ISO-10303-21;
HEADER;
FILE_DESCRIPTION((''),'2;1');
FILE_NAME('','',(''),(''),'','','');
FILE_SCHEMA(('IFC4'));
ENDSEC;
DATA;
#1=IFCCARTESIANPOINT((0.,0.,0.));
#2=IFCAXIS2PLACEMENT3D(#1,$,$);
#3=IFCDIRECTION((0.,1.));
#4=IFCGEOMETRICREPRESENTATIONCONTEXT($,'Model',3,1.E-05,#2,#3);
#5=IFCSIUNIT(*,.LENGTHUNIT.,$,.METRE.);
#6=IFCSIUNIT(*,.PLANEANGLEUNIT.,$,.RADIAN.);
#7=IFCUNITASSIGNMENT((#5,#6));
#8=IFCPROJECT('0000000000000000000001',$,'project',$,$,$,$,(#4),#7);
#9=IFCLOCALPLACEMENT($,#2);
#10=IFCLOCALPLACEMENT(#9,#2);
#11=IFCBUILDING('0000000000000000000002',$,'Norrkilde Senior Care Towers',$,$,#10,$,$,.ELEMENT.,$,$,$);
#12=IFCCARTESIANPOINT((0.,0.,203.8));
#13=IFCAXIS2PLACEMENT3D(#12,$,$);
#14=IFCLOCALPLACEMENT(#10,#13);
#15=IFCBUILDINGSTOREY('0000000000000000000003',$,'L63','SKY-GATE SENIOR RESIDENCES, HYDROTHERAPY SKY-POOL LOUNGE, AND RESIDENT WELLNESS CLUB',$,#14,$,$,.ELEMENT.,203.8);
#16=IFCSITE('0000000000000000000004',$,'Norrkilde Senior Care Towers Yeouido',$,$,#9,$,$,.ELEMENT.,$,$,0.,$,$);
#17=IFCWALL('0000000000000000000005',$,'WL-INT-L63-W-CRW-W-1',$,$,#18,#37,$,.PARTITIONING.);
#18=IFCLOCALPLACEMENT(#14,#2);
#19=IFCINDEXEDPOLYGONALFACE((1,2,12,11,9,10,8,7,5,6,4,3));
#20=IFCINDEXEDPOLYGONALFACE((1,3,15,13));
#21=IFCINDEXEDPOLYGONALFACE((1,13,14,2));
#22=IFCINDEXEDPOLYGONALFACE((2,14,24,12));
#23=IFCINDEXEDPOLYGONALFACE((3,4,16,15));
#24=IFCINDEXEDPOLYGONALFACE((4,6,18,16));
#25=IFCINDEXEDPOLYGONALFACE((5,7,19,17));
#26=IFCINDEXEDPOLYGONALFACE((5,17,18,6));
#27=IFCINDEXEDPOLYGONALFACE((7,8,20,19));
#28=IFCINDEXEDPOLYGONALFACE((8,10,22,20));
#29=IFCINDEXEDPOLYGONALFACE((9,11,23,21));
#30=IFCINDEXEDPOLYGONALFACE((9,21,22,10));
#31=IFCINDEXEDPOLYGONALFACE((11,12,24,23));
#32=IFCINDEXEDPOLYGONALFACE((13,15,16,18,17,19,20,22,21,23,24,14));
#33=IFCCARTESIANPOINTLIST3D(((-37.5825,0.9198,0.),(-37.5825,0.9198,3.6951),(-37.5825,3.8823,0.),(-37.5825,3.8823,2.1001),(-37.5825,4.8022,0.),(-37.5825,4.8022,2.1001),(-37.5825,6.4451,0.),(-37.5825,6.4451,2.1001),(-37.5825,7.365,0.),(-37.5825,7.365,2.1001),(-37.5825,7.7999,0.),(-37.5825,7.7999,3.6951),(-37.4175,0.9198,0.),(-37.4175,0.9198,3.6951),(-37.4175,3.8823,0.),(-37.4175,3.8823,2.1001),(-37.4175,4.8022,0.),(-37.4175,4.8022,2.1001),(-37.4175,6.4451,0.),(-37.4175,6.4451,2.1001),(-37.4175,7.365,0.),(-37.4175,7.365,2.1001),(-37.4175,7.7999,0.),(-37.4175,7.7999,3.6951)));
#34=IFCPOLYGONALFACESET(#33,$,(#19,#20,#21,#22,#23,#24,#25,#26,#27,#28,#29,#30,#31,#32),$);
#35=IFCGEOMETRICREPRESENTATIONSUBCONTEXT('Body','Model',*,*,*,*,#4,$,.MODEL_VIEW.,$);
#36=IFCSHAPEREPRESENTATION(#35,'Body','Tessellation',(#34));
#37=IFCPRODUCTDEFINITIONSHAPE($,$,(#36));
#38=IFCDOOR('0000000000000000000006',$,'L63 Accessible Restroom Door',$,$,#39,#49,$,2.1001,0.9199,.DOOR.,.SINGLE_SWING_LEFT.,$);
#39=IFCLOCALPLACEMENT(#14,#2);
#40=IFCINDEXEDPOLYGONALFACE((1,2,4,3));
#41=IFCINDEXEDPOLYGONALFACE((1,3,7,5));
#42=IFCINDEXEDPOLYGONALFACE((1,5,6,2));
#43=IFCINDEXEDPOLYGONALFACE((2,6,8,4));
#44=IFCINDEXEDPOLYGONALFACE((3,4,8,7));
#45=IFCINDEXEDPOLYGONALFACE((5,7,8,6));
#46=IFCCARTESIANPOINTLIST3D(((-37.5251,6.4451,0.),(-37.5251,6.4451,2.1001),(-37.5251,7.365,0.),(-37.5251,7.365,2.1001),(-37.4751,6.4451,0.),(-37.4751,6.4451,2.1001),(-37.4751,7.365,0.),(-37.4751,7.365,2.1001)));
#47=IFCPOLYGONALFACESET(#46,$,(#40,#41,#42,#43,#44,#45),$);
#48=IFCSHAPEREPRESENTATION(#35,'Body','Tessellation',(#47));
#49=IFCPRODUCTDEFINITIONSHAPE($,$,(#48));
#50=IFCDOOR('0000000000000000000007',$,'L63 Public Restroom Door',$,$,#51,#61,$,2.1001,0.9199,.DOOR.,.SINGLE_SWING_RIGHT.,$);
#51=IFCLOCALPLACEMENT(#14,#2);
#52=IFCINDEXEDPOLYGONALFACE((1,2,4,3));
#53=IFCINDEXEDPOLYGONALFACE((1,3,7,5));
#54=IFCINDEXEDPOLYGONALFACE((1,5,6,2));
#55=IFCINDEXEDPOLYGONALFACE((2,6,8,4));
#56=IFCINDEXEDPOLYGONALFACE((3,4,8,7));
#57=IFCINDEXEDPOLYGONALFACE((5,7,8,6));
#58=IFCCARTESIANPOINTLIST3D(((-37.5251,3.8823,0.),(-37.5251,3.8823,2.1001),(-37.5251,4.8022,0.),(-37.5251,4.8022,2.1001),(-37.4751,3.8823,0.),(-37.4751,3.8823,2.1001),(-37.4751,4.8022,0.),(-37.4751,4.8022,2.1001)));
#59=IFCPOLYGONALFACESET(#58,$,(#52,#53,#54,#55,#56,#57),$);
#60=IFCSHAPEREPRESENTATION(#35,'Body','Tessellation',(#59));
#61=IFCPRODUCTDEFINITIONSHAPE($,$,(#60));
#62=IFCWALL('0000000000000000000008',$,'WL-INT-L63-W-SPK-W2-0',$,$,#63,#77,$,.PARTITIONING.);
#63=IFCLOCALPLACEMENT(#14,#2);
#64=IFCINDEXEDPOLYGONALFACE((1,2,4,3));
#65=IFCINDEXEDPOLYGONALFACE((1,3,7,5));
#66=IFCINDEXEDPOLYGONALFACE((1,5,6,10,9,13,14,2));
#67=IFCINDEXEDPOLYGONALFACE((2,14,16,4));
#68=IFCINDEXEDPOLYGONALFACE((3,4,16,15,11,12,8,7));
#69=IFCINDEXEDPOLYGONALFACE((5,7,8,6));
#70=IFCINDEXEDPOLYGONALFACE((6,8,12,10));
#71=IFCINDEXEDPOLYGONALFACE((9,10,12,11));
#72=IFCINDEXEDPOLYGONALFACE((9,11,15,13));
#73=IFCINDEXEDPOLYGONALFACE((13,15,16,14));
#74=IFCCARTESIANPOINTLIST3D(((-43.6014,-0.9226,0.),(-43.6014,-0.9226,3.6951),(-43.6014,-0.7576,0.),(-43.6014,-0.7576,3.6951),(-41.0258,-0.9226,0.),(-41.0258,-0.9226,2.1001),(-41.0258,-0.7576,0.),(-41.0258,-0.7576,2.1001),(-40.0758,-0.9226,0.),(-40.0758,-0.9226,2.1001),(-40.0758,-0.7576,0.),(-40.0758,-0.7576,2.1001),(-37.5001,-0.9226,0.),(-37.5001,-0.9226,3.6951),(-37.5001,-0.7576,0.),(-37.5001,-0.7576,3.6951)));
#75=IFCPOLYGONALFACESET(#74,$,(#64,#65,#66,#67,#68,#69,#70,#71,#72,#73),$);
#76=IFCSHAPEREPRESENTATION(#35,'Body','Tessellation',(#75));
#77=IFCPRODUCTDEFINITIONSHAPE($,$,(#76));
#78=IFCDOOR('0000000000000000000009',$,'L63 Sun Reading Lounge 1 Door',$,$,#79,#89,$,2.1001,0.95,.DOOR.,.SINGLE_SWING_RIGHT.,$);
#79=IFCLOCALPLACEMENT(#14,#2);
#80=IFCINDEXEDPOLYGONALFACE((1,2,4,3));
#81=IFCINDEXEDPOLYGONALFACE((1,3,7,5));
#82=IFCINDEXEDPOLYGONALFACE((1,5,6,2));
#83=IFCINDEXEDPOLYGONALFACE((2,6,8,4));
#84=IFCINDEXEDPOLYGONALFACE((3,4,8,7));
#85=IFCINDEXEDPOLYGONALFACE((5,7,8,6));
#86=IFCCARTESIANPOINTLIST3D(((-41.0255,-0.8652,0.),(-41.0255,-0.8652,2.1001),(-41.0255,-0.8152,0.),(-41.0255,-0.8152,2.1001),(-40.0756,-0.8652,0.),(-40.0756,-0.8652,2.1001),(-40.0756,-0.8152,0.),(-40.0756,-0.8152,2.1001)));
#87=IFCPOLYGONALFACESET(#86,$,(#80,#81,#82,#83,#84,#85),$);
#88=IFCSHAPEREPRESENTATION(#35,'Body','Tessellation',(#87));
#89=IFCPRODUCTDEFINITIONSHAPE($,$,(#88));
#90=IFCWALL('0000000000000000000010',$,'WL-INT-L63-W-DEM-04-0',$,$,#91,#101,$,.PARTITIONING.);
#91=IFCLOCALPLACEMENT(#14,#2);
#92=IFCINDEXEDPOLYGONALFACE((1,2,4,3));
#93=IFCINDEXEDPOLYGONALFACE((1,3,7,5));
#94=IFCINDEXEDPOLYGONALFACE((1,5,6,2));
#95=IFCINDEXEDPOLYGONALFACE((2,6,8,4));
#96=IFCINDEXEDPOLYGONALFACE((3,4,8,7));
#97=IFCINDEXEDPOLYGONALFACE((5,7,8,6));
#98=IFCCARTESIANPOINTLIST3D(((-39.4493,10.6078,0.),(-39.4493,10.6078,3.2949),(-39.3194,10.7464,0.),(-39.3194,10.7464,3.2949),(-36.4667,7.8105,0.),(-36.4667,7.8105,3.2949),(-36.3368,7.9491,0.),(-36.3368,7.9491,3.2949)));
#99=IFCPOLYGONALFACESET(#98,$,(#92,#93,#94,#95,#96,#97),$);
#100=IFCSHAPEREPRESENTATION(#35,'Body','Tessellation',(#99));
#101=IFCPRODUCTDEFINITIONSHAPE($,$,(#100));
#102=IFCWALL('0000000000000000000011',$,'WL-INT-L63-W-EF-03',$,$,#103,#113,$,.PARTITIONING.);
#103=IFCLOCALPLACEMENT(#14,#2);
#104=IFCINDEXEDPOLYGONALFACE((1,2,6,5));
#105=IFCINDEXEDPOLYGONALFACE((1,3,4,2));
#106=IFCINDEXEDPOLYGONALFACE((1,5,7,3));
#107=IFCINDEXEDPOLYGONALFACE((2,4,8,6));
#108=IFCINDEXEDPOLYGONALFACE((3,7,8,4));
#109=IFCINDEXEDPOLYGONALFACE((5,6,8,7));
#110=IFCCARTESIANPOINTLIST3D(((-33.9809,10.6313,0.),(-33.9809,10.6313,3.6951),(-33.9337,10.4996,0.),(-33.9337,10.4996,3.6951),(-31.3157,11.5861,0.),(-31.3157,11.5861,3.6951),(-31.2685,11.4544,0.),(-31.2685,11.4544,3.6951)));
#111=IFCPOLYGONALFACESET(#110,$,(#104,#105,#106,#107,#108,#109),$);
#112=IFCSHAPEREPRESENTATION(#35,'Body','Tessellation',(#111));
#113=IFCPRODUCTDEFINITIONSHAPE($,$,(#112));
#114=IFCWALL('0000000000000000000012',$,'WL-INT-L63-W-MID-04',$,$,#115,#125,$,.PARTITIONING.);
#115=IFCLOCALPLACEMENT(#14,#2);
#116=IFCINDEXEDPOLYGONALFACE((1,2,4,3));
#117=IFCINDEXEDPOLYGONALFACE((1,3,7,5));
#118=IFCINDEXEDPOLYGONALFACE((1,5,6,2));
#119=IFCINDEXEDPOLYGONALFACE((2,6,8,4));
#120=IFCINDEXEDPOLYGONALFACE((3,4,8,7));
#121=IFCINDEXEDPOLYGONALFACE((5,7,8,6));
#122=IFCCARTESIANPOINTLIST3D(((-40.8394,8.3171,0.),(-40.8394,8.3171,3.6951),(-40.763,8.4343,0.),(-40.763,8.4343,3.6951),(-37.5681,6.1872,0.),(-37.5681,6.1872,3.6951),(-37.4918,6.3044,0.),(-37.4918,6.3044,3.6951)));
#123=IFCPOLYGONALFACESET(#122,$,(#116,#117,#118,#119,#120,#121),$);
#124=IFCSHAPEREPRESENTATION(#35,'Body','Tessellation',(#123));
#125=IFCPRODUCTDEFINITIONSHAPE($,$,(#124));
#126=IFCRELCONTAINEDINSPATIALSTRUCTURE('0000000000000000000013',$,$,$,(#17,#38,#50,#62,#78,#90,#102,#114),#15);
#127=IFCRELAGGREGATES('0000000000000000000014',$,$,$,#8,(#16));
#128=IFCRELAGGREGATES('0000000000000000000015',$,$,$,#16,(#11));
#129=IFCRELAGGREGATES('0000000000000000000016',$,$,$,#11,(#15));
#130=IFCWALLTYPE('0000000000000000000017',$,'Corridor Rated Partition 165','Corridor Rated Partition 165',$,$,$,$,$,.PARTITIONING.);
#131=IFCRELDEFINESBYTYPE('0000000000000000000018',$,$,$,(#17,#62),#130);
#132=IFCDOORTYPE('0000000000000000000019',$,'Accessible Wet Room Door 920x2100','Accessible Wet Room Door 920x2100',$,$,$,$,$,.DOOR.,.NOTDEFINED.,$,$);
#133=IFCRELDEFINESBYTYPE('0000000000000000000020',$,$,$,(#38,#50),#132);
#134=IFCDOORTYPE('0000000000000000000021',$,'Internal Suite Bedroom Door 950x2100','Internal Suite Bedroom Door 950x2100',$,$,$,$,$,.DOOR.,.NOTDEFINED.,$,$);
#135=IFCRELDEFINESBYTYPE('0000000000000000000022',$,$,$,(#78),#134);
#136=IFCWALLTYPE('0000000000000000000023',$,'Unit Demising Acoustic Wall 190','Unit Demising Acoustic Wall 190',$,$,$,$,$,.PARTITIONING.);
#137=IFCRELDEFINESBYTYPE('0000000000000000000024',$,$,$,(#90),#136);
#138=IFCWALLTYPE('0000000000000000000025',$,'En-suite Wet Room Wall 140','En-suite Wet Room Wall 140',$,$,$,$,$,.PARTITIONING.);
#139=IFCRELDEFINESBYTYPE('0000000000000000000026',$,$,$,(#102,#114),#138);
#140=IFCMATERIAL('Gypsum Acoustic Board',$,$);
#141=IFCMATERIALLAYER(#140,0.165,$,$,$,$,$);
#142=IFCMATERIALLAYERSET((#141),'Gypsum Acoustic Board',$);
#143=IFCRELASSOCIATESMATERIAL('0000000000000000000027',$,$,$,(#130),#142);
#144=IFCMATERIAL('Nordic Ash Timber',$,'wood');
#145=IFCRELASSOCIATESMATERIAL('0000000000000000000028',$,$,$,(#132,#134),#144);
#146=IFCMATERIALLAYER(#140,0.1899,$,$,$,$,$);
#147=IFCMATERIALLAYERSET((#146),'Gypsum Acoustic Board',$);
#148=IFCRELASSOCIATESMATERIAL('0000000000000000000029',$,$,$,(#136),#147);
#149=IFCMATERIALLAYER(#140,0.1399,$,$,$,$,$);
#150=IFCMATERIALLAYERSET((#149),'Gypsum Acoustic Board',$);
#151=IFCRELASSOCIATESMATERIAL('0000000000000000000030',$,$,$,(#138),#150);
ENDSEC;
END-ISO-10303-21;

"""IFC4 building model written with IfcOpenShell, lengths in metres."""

from ifc_helpers import new_model, si_unit, direction, frame, frame_2d, origin, place, context, subcontext, project, spatial, rectangle, extrude, source, transform, mapped, material, layer, layer_set, type_object, type_shapes, element, fill, save


model = new_model("IFC4")

# Units and contexts
model_context = context("Model", 3, precision=1e-05, world=origin(), true_north=direction((0.0, 1.0)))
body_context = subcontext(model_context, "Body", "Model", "MODEL_VIEW")
ifc_project = project(units=[si_unit("LENGTHUNIT", "METRE"), si_unit("PLANEANGLEUNIT", "RADIAN")], contexts=[model_context])

# Site, building, storey
site_placement = place(None, origin())
site = spatial("IfcSite", under=ifc_project, at=site_placement, Name="Norrkilde Senior Care Towers Yeouido", CompositionType="ELEMENT", RefElevation=0.0)
building_placement = place(site_placement, origin())
building = spatial("IfcBuilding", under=site, at=building_placement, Name="Norrkilde Senior Care Towers", CompositionType="ELEMENT")
storey_placement = place(building_placement, frame((0.0, 0.0, 203.8)))
storey = spatial("IfcBuildingStorey", under=building, at=storey_placement, Name="L63", Description="SKY-GATE SENIOR RESIDENCES, HYDROTHERAPY SKY-POOL LOUNGE, AND RESIDENT WELLNESS CLUB", CompositionType="ELEMENT", Elevation=203.8)

# Shared definitions
ifc_material_1 = material(Name="Gypsum Acoustic Board")
ifc_layer_1 = layer(ifc_material_1, 0.165)
ifc_layer_set_1 = layer_set([ifc_layer_1], Name="Gypsum Acoustic Board")
wall_type_1 = type_object("IfcWallType", Name="Corridor Rated Partition 165", Description="Corridor Rated Partition 165", PredefinedType="PARTITIONING", material=ifc_layer_set_1)
ifc_material_2 = material(Name="Nordic Ash Timber", Category="wood")

# Wall, openings, doors
shared_shape_1 = source(origin(), body_context, "Body", "SweptSolid", [
    extrude(rectangle(XDim=6.8801, YDim=0.165, at=frame_2d((3.4399, 0.0))), origin(), (0.0, 0.0, 1.0), 3.6951),
])
wall_1_placement = place(storey_placement, frame((-37.5, 0.9199, 0.0), z_axis=(0.0, 0.0, 1.0), x_axis=(0.0, 1.0, 0.0)))
wall_1 = element("IfcWall", 1, at=wall_1_placement, inside=storey, type_object=wall_type_1, Name="WL-INT-L63-W-CRW-W-1", PredefinedType="PARTITIONING", context=body_context, shape_type="MappedRepresentation", body=[
    mapped(shared_shape_1, transform((0.0, 0.0, 0.0), x_axis=(1.0, 0.0, 0.0), y_axis=(0.0, 1.0, 0.0), z_axis=(0.0, 0.0, 1.0), scale=1.0)),
])
opening_1_placement = place(wall_1_placement, frame((5.5251, 0.0, 0.0)))
opening_1 = element("IfcOpeningElement", 2, at=opening_1_placement, cuts=wall_1, PredefinedType="OPENING", context=body_context, shape_type="SweptSolid", body=[
    extrude(rectangle(XDim=0.9199, YDim=2.1001, at=frame_2d((0.46, 1.05))), frame((0.0, 0.0925, 0.0), z_axis=(0.0, -1.0, 0.0), x_axis=(1.0, 0.0, 0.0)), (0.0, 0.0, 1.0), 0.1851),
])
opening_2_placement = place(wall_1_placement, frame((2.9624, 0.0, 0.0)))
opening_2 = element("IfcOpeningElement", 3, at=opening_2_placement, cuts=wall_1, PredefinedType="OPENING", context=body_context, shape_type="SweptSolid", body=[
    extrude(rectangle(XDim=0.9199, YDim=2.1001, at=frame_2d((0.46, 1.05))), frame((0.0, 0.0925, 0.0), z_axis=(0.0, -1.0, 0.0), x_axis=(1.0, 0.0, 0.0)), (0.0, 0.0, 1.0), 0.1851),
])
door_type_1 = type_object("IfcDoorType", Name="Accessible Wet Room Door 920x2100", Description="Accessible Wet Room Door 920x2100", OperationType="NOTDEFINED", PredefinedType="DOOR", material=ifc_material_2)
shared_shape_2 = source(origin(), body_context, "Body", "SweptSolid", [
    extrude(rectangle(XDim=0.9199, YDim=2.1001, at=frame_2d((0.46, 1.05))), frame((0.0, 0.0249, 0.0), z_axis=(0.0, -1.0, 0.0), x_axis=(1.0, 0.0, 0.0)), (0.0, 0.0, 1.0), 0.05),
])
type_shapes(door_type_1, [shared_shape_2])
door_1_placement = place(opening_1_placement, frame((0.9199, 0.0, 0.0), z_axis=(0.0, 0.0, 1.0), x_axis=(-1.0, 0.0, 0.0)))
door_1 = element("IfcDoor", 4, at=door_1_placement, inside=storey, type_object=door_type_1, Name="L63 Accessible Restroom Door", OperationType="SINGLE_SWING_LEFT", OverallHeight=2.1001, OverallWidth=0.9199, PredefinedType="DOOR", context=body_context, shape_type="MappedRepresentation", body=[
    mapped(shared_shape_2, transform((0.0, 0.0, 0.0), x_axis=(1.0, 0.0, 0.0), y_axis=(0.0, 1.0, 0.0), z_axis=(0.0, 0.0, 1.0), scale=1.0)),
])
fill(opening_1, door_1)
door_2_placement = place(opening_2_placement, frame((0.9199, 0.0, 0.0), z_axis=(0.0, 0.0, 1.0), x_axis=(-1.0, 0.0, 0.0)))
door_2 = element("IfcDoor", 5, at=door_2_placement, inside=storey, type_object=door_type_1, Name="L63 Public Restroom Door", OperationType="SINGLE_SWING_RIGHT", OverallHeight=2.1001, OverallWidth=0.9199, PredefinedType="DOOR", context=body_context, shape_type="MappedRepresentation", body=[
    mapped(shared_shape_2, transform((0.0, 0.0, 0.0), x_axis=(1.0, 0.0, 0.0), y_axis=(0.0, 1.0, 0.0), z_axis=(0.0, 0.0, 1.0), scale=1.0)),
])
fill(opening_2, door_2)

# Wall, opening, door
shared_shape_3 = source(origin(), body_context, "Body", "SweptSolid", [
    extrude(rectangle(XDim=6.1013, YDim=0.165, at=frame_2d((3.0508, 0.0))), origin(), (0.0, 0.0, 1.0), 3.6951),
])
wall_2_placement = place(storey_placement, frame((-37.5, -0.8401, 0.0), z_axis=(0.0, 0.0, 1.0), x_axis=(-1.0, 0.0, 0.0)))
wall_2 = element("IfcWall", 6, at=wall_2_placement, inside=storey, type_object=wall_type_1, Name="WL-INT-L63-W-SPK-W2-0", PredefinedType="PARTITIONING", context=body_context, shape_type="MappedRepresentation", body=[
    mapped(shared_shape_3, transform((0.0, 0.0, 0.0), x_axis=(1.0, 0.0, 0.0), y_axis=(0.0, 1.0, 0.0), z_axis=(0.0, 0.0, 1.0), scale=1.0)),
])
opening_3_placement = place(wall_2_placement, frame((2.5757, 0.0, 0.0)))
opening_3 = element("IfcOpeningElement", 7, at=opening_3_placement, cuts=wall_2, PredefinedType="OPENING", context=body_context, shape_type="SweptSolid", body=[
    extrude(rectangle(XDim=0.95, YDim=2.1001, at=frame_2d((0.4751, 1.05))), frame((0.0, 0.0925, 0.0), z_axis=(0.0, -1.0, 0.0), x_axis=(1.0, 0.0, 0.0)), (0.0, 0.0, 1.0), 0.1851),
])
door_type_2 = type_object("IfcDoorType", Name="Internal Suite Bedroom Door 950x2100", Description="Internal Suite Bedroom Door 950x2100", OperationType="NOTDEFINED", PredefinedType="DOOR", material=ifc_material_2)
shared_shape_4 = source(origin(), body_context, "Body", "SweptSolid", [
    extrude(rectangle(XDim=0.95, YDim=2.1001, at=frame_2d((0.4751, 1.05))), frame((0.0, 0.0249, 0.0), z_axis=(0.0, -1.0, 0.0), x_axis=(1.0, 0.0, 0.0)), (0.0, 0.0, 1.0), 0.05),
])
type_shapes(door_type_2, [shared_shape_4])
door_3_placement = place(opening_3_placement, frame((0.95, 0.0, 0.0), z_axis=(0.0, 0.0, 1.0), x_axis=(-1.0, 0.0, 0.0)))
door_3 = element("IfcDoor", 8, at=door_3_placement, inside=storey, type_object=door_type_2, Name="L63 Sun Reading Lounge 1 Door", OperationType="SINGLE_SWING_RIGHT", OverallHeight=2.1001, OverallWidth=0.95, PredefinedType="DOOR", context=body_context, shape_type="MappedRepresentation", body=[
    mapped(shared_shape_4, transform((0.0, 0.0, 0.0), x_axis=(1.0, 0.0, 0.0), y_axis=(0.0, 1.0, 0.0), z_axis=(0.0, 0.0, 1.0), scale=1.0)),
])
fill(opening_3, door_3)

# Walls
ifc_layer_2 = layer(ifc_material_1, 0.1899)
ifc_layer_set_2 = layer_set([ifc_layer_2], Name="Gypsum Acoustic Board")
wall_type_2 = type_object("IfcWallType", Name="Unit Demising Acoustic Wall 190", Description="Unit Demising Acoustic Wall 190", PredefinedType="PARTITIONING", material=ifc_layer_set_2)
shared_shape_5 = source(origin(), body_context, "Body", "SweptSolid", [
    extrude(rectangle(XDim=4.0891, YDim=0.1899, at=frame_2d((2.0444, 0.0))), origin(), (0.0, 0.0, 1.0), 3.2949),
])
type_shapes(wall_type_2, [shared_shape_5])
wall_3_placement = place(storey_placement, frame((-36.4019, 7.8799, 0.0), z_axis=(0.0, 0.0, 1.0), x_axis=(-0.729401, 0.684086, 0.0)))
element("IfcWall", 9, at=wall_3_placement, inside=storey, type_object=wall_type_2, Name="WL-INT-L63-W-DEM-04-0", PredefinedType="PARTITIONING", context=body_context, shape_type="MappedRepresentation", body=[
    mapped(shared_shape_5, transform((0.0, 0.0, 0.0), x_axis=(1.0, 0.0, 0.0), y_axis=(0.0, 1.0, 0.0), z_axis=(0.0, 0.0, 1.0), scale=1.0)),
])
ifc_layer_3 = layer(ifc_material_1, 0.1399)
ifc_layer_set_3 = layer_set([ifc_layer_3], Name="Gypsum Acoustic Board")
wall_type_3 = type_object("IfcWallType", Name="En-suite Wet Room Wall 140", Description="En-suite Wet Room Wall 140", PredefinedType="PARTITIONING", material=ifc_layer_set_3)
shared_shape_6 = source(origin(), body_context, "Body", "SweptSolid", [
    extrude(rectangle(XDim=2.8311, YDim=0.1399, at=frame_2d((1.4155, 0.0))), origin(), (0.0, 0.0, 1.0), 3.6951),
])
wall_4_placement = place(storey_placement, frame((-33.9573, 10.5654, 0.0), z_axis=(0.0, 0.0, 1.0), x_axis=(0.941412, 0.337259, 0.0)))
element("IfcWall", 10, at=wall_4_placement, inside=storey, type_object=wall_type_3, Name="WL-INT-L63-W-EF-03", PredefinedType="PARTITIONING", context=body_context, shape_type="MappedRepresentation", body=[
    mapped(shared_shape_6, transform((0.0, 0.0, 0.0), x_axis=(1.0, 0.0, 0.0), y_axis=(0.0, 1.0, 0.0), z_axis=(0.0, 0.0, 1.0), scale=1.0)),
])
shared_shape_7 = source(origin(), body_context, "Body", "SweptSolid", [
    extrude(rectangle(XDim=3.9036, YDim=0.1399, at=frame_2d((1.9517, 0.0))), origin(), (0.0, 0.0, 1.0), 3.6951),
])
type_shapes(wall_type_3, [shared_shape_6, shared_shape_7])
wall_5_placement = place(storey_placement, frame((-37.53, 6.2458, 0.0), z_axis=(0.0, 0.0, 1.0), x_axis=(-0.838025, 0.545632, 0.0)))
element("IfcWall", 11, at=wall_5_placement, inside=storey, type_object=wall_type_3, Name="WL-INT-L63-W-MID-04", PredefinedType="PARTITIONING", context=body_context, shape_type="MappedRepresentation", body=[
    mapped(shared_shape_7, transform((0.0, 0.0, 0.0), x_axis=(1.0, 0.0, 0.0), y_axis=(0.0, 1.0, 0.0), z_axis=(0.0, 0.0, 1.0), scale=1.0)),
])

save(model, "model.ifc")
